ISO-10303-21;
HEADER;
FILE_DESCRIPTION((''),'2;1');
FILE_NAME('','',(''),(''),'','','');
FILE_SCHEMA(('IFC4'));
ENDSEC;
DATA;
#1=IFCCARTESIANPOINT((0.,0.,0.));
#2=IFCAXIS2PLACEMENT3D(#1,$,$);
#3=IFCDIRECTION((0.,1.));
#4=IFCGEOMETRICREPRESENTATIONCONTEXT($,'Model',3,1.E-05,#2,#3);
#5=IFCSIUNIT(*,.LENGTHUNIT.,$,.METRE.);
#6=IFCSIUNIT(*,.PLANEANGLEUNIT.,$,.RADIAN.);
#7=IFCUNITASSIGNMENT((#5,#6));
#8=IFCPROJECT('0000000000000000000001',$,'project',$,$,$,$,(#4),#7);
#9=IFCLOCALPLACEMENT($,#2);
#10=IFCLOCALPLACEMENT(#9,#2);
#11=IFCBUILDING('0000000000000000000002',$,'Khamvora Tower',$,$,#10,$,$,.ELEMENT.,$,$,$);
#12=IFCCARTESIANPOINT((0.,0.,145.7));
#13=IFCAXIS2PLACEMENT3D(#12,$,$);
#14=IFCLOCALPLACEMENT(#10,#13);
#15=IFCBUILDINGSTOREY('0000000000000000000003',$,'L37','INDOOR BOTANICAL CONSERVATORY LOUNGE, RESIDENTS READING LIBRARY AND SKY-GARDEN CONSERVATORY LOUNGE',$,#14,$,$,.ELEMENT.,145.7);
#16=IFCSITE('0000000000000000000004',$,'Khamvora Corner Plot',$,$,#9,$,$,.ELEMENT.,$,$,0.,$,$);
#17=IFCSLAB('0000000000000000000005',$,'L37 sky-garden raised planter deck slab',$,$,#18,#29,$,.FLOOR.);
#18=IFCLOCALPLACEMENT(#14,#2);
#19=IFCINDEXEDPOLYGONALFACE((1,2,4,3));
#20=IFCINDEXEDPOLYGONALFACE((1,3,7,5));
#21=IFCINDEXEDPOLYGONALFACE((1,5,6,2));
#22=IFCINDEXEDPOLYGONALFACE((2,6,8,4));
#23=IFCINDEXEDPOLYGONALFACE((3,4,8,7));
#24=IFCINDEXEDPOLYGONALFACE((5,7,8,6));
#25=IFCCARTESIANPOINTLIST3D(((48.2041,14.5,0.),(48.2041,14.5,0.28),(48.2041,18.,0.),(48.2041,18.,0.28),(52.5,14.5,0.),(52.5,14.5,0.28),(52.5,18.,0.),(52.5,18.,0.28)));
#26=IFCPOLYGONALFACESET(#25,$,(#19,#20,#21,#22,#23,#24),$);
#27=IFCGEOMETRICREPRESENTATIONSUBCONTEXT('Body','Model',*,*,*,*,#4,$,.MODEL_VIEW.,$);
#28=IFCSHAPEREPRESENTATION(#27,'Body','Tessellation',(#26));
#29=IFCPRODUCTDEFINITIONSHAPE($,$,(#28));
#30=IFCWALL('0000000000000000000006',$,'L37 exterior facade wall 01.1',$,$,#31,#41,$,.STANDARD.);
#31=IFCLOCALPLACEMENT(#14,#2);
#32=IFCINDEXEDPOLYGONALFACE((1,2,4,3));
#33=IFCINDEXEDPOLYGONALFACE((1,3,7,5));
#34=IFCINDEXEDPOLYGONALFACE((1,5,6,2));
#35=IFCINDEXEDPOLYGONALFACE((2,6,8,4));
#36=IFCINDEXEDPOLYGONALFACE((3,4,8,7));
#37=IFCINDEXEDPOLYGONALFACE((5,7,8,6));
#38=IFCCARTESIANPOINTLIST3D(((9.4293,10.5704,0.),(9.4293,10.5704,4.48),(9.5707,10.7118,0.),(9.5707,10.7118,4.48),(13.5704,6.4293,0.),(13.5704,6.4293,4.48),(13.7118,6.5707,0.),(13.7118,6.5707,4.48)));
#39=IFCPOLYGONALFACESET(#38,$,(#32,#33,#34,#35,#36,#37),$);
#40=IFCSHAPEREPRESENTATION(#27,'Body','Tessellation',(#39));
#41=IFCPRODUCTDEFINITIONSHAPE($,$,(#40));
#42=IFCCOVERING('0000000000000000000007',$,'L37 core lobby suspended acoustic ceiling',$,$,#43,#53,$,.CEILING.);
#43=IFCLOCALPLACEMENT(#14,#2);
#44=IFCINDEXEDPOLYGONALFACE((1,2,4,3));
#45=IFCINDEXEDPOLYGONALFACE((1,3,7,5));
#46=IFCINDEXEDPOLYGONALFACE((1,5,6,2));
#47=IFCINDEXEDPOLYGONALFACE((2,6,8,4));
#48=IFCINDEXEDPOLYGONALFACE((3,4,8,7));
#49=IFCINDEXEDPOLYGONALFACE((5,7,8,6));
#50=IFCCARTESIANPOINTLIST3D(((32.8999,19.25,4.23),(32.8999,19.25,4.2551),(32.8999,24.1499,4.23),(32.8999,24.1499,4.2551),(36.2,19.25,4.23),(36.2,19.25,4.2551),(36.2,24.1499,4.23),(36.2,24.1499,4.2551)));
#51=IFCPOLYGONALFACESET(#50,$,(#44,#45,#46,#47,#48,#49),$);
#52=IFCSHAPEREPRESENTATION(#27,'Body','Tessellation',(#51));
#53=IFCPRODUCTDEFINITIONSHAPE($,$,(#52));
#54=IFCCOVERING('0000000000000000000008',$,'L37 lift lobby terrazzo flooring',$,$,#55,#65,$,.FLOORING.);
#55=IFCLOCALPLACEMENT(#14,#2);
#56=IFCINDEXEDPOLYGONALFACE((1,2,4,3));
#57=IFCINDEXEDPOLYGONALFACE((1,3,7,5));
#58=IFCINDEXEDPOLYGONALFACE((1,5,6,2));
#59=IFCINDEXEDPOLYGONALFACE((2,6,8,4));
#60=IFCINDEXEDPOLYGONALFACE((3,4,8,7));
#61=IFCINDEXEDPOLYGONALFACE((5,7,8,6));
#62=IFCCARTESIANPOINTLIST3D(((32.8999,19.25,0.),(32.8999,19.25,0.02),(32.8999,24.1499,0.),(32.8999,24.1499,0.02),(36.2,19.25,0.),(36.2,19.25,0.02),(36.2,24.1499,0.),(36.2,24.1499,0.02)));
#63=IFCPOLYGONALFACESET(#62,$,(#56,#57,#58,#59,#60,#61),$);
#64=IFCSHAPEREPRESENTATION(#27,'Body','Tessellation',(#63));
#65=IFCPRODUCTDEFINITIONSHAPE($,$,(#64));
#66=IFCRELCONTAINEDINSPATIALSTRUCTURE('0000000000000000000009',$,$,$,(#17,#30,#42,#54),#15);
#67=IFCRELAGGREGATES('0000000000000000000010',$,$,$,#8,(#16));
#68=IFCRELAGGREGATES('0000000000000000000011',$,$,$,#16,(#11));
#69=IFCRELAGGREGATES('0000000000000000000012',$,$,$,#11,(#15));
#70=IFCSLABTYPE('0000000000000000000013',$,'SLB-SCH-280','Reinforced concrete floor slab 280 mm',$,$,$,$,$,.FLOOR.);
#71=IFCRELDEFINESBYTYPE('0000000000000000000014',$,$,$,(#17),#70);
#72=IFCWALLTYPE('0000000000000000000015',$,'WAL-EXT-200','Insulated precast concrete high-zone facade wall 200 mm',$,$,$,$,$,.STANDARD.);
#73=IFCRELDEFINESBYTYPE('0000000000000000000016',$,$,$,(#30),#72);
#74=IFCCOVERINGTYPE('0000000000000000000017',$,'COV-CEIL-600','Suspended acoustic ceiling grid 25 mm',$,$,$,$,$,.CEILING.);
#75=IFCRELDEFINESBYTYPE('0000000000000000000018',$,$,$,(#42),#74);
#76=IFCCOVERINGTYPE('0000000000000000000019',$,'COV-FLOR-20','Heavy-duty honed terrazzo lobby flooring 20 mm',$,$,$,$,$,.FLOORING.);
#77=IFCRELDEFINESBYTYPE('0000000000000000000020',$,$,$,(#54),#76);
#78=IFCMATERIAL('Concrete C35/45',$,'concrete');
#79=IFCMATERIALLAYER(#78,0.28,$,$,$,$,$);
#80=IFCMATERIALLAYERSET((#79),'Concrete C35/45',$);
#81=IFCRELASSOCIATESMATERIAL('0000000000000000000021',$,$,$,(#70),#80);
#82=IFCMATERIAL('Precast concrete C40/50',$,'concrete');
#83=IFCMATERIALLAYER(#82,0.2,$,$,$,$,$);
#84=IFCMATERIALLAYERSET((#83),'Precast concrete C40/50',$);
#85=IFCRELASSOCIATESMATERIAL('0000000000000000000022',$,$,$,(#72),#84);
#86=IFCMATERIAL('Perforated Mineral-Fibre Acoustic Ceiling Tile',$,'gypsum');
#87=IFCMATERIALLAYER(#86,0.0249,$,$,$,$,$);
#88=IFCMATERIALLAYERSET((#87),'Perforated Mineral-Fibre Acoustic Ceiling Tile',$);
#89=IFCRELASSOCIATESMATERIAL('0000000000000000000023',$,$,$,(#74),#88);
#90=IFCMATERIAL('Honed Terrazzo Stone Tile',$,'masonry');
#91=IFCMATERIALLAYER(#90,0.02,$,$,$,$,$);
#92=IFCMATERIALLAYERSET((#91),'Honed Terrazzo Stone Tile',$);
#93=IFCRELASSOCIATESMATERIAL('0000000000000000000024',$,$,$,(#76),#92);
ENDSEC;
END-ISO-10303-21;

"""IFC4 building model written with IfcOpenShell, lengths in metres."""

from ifc_helpers import new_model, si_unit, direction, frame, frame_2d, origin, place, context, subcontext, project, spatial, polyline, rectangle, outline, extrude, material, layer, layer_set, type_object, element, save


model = new_model("IFC4")

# Units and contexts
model_context = context("Model", 3, precision=1e-05, world=origin(), true_north=direction((0.0, 1.0)))
body_context = subcontext(model_context, "Body", "Model", "MODEL_VIEW")
ifc_project = project(units=[si_unit("LENGTHUNIT", "METRE"), si_unit("PLANEANGLEUNIT", "RADIAN")], contexts=[model_context])

# Site, building, storey
site_placement = place(None, origin())
site = spatial("IfcSite", under=ifc_project, at=site_placement, Name="Khamvora Corner Plot", CompositionType="ELEMENT", RefElevation=0.0)
building_placement = place(site_placement, origin())
building = spatial("IfcBuilding", under=site, at=building_placement, Name="Khamvora Tower", CompositionType="ELEMENT")
storey_placement = place(building_placement, frame((0.0, 0.0, 145.7)))
storey = spatial("IfcBuildingStorey", under=building, at=storey_placement, Name="L37", Description="INDOOR BOTANICAL CONSERVATORY LOUNGE, RESIDENTS READING LIBRARY AND SKY-GARDEN CONSERVATORY LOUNGE", CompositionType="ELEMENT", Elevation=145.7)

# Slab
ifc_material_1 = material(Name="Concrete C35/45", Category="concrete")
ifc_layer_1 = layer(ifc_material_1, 0.28)
ifc_layer_set_1 = layer_set([ifc_layer_1], Name="Concrete C35/45")
slab_type_1 = type_object("IfcSlabType", Name="SLB-SCH-280", Description="Reinforced concrete floor slab 280 mm", PredefinedType="FLOOR", material=ifc_layer_set_1)
slab_1_placement = place(storey_placement, origin())
element("IfcSlab", 1, at=slab_1_placement, inside=storey, type_object=slab_type_1, Name="L37 sky-garden raised planter deck slab", PredefinedType="FLOOR", context=body_context, shape_type="SweptSolid", body=[
    extrude(outline(polyline([(48.2041, 14.5), (52.5, 14.5), (52.5, 18.0), (48.2041, 18.0), (48.2041, 14.5)])), origin(), (0.0, 0.0, 1.0), 0.28),
])

# Wall
ifc_material_2 = material(Name="Precast concrete C40/50", Category="concrete")
ifc_layer_2 = layer(ifc_material_2, 0.2)
ifc_layer_set_2 = layer_set([ifc_layer_2], Name="Precast concrete C40/50")
wall_type = type_object("IfcWallType", Name="WAL-EXT-200", Description="Insulated precast concrete high-zone facade wall 200 mm", PredefinedType="STANDARD", material=ifc_layer_set_2)
wall_placement = place(storey_placement, frame((13.6411, 6.5, 0.0), z_axis=(0.0, 0.0, 1.0), x_axis=(-0.707107, 0.707107, 0.0)))
element("IfcWall", 2, at=wall_placement, inside=storey, type_object=wall_type, Name="L37 exterior facade wall 01.1", PredefinedType="STANDARD", context=body_context, shape_type="SweptSolid", body=[
    extrude(rectangle(XDim=5.8564, YDim=0.2, at=frame_2d((2.9282, 0.0))), origin(), (0.0, 0.0, 1.0), 4.48),
])

# Coverings
ifc_material_3 = material(Name="Perforated Mineral-Fibre Acoustic Ceiling Tile", Category="gypsum")
ifc_layer_3 = layer(ifc_material_3, 0.0249)
ifc_layer_set_3 = layer_set([ifc_layer_3], Name="Perforated Mineral-Fibre Acoustic Ceiling Tile")
covering_type_1 = type_object("IfcCoveringType", Name="COV-CEIL-600", Description="Suspended acoustic ceiling grid 25 mm", PredefinedType="CEILING", material=ifc_layer_set_3)
covering_1_placement = place(storey_placement, frame((0.0, 0.0, 4.23)))
element("IfcCovering", 3, at=covering_1_placement, inside=storey, type_object=covering_type_1, Name="L37 core lobby suspended acoustic ceiling", PredefinedType="CEILING", context=body_context, shape_type="SweptSolid", body=[
    extrude(outline(polyline([(32.8999, 19.25), (36.2, 19.25), (36.2, 24.1499), (32.8999, 24.1499), (32.8999, 19.25)])), origin(), (0.0, 0.0, 1.0), 0.0251),
])
ifc_material_4 = material(Name="Honed Terrazzo Stone Tile", Category="masonry")
ifc_layer_4 = layer(ifc_material_4, 0.02)
ifc_layer_set_4 = layer_set([ifc_layer_4], Name="Honed Terrazzo Stone Tile")
covering_type_2 = type_object("IfcCoveringType", Name="COV-FLOR-20", Description="Heavy-duty honed terrazzo lobby flooring 20 mm", PredefinedType="FLOORING", material=ifc_layer_set_4)
covering_2_placement = place(storey_placement, origin())
element("IfcCovering", 4, at=covering_2_placement, inside=storey, type_object=covering_type_2, Name="L37 lift lobby terrazzo flooring", PredefinedType="FLOORING", context=body_context, shape_type="SweptSolid", body=[
    extrude(outline(polyline([(32.8999, 19.25), (36.2, 19.25), (36.2, 24.1499), (32.8999, 24.1499), (32.8999, 19.25)])), origin(), (0.0, 0.0, 1.0), 0.02),
])

save(model, "model.ifc")
